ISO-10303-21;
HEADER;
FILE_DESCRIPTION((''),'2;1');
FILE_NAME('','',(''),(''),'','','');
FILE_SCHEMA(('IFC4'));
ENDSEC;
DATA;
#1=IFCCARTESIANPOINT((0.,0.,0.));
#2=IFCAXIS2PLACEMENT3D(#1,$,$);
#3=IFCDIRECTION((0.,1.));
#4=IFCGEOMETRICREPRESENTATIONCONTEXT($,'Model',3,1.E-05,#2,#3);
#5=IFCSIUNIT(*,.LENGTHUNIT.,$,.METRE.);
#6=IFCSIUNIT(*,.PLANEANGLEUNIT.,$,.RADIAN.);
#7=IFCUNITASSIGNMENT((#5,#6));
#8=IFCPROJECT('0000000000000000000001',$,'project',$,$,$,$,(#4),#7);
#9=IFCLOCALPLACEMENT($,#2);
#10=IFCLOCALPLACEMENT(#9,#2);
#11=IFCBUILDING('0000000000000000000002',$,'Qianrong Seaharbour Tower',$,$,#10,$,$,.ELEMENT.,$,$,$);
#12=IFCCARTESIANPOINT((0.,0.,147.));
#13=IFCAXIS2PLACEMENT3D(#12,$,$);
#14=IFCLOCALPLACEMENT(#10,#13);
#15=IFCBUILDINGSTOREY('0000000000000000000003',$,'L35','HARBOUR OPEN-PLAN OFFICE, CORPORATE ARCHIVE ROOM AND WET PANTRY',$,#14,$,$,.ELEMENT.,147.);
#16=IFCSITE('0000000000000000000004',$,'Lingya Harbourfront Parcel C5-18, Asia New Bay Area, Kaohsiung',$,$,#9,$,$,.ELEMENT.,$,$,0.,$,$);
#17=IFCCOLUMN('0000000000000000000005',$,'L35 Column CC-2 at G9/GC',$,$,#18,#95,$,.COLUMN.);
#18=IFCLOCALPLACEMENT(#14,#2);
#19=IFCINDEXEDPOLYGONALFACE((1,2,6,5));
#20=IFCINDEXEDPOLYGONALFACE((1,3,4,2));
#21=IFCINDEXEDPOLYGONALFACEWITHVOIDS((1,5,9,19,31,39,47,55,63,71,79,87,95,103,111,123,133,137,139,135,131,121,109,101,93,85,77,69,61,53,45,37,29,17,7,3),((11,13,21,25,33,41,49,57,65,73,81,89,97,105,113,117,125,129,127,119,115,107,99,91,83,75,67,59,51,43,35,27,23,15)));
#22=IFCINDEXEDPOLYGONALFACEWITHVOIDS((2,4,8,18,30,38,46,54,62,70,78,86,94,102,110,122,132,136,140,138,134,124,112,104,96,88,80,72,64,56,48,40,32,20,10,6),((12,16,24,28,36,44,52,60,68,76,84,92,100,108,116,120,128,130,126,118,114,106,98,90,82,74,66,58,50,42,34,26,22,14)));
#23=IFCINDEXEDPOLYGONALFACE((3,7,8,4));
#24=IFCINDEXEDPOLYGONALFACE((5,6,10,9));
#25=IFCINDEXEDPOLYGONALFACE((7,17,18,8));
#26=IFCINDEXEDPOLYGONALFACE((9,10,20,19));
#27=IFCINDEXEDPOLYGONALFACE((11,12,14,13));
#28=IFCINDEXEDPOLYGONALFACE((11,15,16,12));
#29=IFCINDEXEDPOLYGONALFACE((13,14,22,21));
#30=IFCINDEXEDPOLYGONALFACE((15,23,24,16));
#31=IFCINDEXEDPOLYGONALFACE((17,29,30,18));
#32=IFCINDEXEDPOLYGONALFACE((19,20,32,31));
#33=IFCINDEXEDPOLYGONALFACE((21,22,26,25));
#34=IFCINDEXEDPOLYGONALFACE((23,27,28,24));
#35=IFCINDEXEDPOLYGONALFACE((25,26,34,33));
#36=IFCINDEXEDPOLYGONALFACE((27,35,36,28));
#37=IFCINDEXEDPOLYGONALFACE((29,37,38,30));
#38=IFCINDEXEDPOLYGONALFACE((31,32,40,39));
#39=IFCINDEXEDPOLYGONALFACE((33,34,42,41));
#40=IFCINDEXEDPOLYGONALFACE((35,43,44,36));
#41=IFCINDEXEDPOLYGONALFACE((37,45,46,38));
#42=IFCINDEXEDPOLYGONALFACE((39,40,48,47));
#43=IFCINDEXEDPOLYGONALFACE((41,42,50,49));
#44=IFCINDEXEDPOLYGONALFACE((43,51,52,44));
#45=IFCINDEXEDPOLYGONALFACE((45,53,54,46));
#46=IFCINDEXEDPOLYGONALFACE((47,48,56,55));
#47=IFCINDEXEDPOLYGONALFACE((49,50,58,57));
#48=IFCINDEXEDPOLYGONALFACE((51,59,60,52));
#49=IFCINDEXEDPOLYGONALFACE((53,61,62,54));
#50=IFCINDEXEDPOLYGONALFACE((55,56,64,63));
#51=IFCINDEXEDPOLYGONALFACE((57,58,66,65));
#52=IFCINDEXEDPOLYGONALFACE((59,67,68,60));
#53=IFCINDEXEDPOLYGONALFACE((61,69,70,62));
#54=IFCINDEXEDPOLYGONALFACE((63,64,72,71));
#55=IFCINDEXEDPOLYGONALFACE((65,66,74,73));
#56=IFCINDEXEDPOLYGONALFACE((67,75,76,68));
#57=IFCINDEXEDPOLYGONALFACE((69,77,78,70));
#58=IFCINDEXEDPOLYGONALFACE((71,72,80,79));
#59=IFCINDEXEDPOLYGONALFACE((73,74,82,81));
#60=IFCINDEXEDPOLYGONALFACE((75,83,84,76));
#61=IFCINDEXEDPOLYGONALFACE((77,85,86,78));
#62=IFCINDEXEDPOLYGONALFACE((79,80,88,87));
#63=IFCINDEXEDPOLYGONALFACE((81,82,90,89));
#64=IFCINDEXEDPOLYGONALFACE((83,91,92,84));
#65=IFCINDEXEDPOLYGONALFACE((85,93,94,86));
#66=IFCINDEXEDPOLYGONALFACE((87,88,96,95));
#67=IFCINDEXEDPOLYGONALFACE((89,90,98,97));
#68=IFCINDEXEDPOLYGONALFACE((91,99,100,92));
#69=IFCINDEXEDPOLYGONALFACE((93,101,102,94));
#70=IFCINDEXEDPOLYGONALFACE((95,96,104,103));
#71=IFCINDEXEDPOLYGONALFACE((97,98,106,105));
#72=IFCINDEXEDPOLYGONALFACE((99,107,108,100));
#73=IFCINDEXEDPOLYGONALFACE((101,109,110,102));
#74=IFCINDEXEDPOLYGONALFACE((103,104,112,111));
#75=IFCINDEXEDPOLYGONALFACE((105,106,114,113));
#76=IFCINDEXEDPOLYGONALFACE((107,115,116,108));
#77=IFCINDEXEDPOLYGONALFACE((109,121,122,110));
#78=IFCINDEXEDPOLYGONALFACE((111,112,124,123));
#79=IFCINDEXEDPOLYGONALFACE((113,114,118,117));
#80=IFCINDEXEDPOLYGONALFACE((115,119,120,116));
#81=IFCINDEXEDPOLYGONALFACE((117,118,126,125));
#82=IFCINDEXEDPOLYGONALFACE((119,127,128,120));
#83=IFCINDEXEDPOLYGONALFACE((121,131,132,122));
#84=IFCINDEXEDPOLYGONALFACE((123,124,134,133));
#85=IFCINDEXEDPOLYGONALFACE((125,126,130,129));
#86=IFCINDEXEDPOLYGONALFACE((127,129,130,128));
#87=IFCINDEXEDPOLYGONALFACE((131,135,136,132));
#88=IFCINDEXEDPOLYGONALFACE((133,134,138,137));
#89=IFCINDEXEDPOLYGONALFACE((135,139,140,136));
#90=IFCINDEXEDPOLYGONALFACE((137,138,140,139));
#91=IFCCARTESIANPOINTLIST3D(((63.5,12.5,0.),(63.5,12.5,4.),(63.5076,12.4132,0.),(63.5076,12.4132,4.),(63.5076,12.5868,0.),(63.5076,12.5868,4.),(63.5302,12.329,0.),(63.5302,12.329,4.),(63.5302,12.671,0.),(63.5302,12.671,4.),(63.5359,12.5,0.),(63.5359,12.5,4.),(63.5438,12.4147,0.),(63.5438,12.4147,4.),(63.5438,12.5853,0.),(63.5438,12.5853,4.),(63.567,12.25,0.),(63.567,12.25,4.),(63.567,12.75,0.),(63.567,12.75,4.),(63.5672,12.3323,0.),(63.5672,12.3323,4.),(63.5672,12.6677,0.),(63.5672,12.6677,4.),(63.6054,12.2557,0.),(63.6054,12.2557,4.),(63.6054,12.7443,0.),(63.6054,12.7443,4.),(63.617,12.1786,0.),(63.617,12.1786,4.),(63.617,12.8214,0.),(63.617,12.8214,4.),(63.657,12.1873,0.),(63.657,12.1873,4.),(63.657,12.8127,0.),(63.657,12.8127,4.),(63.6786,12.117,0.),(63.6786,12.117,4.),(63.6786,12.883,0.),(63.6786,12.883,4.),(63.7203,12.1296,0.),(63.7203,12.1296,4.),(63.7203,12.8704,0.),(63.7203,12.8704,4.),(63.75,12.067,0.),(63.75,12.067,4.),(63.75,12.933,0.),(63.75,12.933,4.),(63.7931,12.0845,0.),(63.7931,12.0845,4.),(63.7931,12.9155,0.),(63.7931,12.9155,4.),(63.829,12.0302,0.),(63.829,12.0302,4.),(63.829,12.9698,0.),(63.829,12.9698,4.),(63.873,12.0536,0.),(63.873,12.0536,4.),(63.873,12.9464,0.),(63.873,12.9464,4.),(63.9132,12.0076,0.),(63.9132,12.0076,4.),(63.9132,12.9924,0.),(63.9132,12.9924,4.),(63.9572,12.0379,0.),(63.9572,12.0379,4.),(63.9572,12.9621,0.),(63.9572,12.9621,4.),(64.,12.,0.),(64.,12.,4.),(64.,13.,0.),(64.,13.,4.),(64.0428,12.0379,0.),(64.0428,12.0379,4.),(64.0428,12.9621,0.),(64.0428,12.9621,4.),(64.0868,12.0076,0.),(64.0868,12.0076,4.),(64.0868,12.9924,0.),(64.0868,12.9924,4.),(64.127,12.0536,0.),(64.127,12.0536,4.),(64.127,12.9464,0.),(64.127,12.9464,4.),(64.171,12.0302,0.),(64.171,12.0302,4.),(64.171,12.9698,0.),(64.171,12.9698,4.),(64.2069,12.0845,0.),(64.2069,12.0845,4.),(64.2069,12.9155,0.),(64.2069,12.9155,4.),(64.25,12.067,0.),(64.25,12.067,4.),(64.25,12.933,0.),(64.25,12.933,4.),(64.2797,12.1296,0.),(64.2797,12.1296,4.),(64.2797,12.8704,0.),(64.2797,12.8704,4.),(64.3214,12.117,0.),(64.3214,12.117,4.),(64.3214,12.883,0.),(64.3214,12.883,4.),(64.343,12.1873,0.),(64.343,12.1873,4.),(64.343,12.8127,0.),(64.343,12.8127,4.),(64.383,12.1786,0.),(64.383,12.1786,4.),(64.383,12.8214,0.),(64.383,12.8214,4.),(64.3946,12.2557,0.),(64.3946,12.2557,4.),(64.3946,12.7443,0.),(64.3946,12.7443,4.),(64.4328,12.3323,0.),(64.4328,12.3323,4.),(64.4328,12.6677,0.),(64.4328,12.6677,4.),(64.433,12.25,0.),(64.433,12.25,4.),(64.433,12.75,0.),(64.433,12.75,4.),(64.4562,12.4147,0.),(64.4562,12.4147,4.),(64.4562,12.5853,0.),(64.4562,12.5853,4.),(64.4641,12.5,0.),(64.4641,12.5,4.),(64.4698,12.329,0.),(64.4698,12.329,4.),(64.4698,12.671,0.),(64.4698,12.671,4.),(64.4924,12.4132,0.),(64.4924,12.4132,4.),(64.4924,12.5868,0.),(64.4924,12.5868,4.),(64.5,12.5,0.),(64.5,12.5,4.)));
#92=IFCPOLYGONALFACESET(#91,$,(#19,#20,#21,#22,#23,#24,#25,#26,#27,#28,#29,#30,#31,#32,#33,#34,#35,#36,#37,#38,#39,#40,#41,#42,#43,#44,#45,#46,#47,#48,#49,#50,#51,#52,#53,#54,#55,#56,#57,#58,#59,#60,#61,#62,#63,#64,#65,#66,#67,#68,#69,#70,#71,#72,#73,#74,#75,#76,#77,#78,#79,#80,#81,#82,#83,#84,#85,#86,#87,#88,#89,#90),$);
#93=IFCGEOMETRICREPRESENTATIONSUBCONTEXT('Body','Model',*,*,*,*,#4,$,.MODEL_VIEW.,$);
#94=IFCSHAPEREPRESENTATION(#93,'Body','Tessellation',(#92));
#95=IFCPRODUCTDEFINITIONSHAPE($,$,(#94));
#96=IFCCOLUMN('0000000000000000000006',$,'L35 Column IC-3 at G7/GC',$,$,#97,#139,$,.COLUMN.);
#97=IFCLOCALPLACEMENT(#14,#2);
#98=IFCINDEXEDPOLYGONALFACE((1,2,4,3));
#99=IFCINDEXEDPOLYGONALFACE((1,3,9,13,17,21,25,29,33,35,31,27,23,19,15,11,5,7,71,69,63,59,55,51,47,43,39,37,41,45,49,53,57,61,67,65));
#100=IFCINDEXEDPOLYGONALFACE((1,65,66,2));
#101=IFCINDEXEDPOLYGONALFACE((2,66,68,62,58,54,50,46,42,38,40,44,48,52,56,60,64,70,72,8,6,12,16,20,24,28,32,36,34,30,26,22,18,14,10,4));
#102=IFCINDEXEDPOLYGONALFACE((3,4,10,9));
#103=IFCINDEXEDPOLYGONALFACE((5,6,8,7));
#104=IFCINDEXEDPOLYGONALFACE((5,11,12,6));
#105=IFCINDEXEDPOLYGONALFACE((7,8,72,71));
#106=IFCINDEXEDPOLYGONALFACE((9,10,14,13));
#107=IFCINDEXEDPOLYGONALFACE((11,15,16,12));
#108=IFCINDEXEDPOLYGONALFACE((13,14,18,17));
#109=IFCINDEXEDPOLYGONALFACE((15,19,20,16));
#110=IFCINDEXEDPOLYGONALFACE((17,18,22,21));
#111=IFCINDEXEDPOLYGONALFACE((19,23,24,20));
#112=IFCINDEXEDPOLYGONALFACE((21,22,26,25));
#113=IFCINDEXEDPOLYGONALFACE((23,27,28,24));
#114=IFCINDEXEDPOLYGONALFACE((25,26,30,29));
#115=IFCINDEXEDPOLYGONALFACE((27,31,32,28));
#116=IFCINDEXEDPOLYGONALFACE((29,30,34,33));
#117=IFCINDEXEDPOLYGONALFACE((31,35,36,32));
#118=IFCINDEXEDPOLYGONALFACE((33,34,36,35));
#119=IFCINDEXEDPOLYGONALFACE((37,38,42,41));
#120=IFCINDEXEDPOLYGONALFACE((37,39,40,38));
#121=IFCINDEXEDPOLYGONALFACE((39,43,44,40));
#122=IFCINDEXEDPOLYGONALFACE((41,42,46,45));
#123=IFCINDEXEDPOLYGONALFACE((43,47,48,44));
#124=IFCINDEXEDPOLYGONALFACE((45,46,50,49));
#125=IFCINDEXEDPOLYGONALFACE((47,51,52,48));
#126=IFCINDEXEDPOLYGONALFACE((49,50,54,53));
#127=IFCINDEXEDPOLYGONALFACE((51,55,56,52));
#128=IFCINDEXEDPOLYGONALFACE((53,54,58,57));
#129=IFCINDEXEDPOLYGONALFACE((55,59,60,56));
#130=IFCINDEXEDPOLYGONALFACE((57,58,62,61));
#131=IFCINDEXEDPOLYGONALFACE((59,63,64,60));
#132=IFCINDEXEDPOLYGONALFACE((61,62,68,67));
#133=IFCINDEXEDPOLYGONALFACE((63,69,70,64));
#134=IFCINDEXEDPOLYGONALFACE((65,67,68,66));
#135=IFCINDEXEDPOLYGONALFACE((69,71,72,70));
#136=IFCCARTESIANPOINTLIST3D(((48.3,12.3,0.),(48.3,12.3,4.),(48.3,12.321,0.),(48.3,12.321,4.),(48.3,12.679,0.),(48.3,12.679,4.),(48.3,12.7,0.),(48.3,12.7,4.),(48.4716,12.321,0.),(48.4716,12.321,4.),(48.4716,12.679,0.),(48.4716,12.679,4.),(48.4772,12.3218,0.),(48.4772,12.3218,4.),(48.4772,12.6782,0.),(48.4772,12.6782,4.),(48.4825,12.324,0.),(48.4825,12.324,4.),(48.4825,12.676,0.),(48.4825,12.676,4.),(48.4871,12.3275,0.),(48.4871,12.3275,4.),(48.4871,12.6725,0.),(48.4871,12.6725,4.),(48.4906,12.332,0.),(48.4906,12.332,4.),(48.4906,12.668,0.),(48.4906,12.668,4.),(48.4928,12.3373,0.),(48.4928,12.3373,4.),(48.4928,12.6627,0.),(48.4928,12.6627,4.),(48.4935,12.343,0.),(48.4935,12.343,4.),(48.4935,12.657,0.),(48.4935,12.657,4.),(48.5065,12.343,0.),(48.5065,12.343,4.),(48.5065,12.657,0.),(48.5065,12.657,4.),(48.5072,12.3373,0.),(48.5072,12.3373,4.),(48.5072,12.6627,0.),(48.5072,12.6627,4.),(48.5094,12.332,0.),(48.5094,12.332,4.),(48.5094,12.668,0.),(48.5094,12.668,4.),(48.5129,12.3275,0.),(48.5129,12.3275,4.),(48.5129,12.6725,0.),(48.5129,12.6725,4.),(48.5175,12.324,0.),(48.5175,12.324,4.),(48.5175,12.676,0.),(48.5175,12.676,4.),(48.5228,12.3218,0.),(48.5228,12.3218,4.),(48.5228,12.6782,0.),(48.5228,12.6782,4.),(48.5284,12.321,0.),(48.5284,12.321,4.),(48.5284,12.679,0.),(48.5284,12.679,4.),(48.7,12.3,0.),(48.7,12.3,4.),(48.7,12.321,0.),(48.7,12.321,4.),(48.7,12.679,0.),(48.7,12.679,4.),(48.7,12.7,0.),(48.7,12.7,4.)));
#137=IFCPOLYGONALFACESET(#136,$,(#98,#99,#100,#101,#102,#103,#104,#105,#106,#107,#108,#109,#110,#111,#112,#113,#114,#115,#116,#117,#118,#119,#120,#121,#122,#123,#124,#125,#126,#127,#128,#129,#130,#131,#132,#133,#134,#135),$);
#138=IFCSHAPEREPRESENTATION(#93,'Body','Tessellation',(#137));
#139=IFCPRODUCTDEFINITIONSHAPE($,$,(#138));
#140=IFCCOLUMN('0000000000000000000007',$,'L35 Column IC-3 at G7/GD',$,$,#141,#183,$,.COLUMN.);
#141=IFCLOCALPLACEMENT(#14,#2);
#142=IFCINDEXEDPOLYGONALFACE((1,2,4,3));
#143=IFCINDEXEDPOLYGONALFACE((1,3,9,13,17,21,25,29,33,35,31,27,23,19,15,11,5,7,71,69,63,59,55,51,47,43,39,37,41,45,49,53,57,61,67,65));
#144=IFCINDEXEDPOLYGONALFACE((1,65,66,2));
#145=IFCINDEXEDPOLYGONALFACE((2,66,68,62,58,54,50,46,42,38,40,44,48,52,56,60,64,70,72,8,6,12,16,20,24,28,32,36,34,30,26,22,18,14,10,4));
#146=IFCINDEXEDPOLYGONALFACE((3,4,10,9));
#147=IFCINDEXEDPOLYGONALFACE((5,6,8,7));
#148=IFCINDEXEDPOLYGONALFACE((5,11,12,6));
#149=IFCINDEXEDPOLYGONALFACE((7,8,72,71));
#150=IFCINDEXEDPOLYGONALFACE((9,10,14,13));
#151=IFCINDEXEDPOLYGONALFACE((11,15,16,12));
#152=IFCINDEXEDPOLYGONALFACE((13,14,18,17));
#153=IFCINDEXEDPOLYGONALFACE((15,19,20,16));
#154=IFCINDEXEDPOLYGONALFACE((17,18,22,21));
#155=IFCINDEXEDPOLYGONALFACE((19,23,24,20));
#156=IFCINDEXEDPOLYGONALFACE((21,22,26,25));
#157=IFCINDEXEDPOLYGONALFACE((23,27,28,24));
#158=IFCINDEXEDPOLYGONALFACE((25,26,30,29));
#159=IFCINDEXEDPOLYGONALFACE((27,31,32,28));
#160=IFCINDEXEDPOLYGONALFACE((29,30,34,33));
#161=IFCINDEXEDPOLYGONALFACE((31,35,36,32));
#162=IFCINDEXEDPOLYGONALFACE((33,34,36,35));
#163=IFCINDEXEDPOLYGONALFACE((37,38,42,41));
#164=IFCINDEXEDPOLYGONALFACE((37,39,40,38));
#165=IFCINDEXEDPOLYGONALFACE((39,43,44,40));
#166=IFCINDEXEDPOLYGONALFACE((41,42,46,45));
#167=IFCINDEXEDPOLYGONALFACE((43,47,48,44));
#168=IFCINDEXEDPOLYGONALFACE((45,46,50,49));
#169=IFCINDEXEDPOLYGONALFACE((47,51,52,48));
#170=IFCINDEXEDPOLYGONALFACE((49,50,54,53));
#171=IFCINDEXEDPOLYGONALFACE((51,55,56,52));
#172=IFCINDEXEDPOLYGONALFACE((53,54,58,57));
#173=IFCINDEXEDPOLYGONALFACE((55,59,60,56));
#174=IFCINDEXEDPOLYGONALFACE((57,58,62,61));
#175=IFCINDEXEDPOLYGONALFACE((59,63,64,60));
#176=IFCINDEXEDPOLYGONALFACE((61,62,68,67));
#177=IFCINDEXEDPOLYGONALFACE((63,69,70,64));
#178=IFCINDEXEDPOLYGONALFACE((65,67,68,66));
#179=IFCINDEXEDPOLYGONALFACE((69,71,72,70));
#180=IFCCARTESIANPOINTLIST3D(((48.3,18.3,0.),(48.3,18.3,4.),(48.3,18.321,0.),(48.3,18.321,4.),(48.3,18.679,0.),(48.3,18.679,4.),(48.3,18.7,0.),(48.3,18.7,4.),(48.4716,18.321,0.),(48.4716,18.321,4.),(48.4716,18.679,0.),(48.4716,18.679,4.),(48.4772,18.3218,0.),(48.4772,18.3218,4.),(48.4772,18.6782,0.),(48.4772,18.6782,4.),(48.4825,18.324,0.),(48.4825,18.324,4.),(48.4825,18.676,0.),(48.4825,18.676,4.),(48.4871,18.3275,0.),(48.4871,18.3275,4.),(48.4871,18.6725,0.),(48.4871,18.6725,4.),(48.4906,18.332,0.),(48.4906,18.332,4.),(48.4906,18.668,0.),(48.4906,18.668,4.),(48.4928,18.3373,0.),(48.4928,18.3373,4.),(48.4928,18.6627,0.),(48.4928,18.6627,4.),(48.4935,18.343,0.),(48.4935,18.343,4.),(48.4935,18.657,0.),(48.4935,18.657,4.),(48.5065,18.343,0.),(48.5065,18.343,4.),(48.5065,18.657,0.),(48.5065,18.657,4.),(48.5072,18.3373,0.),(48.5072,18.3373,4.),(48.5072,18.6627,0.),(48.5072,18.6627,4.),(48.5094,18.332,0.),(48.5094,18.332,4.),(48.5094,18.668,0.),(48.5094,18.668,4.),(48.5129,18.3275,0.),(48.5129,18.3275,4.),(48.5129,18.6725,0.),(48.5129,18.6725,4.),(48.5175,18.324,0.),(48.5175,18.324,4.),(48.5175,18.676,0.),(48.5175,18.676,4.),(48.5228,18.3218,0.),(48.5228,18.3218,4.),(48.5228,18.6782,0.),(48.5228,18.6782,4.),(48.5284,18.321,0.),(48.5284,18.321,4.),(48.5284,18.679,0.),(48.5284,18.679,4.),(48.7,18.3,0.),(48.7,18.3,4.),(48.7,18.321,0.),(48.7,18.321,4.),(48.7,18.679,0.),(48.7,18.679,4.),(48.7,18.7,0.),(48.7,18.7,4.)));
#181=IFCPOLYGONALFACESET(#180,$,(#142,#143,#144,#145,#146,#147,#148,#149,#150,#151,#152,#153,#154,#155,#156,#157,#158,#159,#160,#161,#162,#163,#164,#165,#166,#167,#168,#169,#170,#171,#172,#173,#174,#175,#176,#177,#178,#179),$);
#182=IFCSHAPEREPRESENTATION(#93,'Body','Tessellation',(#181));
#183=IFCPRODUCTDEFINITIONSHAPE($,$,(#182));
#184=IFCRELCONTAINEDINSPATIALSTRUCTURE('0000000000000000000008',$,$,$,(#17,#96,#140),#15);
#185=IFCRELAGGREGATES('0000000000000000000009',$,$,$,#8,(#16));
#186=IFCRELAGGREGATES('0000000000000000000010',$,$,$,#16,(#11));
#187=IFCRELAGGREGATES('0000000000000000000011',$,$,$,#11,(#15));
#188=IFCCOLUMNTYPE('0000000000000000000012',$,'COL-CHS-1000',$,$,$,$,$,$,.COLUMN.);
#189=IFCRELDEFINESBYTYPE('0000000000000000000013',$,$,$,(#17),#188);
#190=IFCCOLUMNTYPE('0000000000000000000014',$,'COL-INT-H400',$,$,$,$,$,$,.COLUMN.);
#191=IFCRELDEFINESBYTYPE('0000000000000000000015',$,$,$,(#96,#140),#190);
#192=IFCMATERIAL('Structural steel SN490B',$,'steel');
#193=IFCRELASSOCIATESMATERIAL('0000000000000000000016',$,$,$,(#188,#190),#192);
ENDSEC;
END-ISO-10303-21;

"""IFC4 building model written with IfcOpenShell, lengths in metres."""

from ifc_helpers import new_model, si_unit, direction, frame, origin, origin_2d, place, context, subcontext, project, spatial, hollow_circle, i_section, extrude, material, material_profile, profile_set, type_object, element, save


model = new_model("IFC4")

# Units and contexts
model_context = context("Model", 3, precision=1e-05, world=origin(), true_north=direction((0.0, 1.0)))
body_context = subcontext(model_context, "Body", "Model", "MODEL_VIEW")
ifc_project = project(units=[si_unit("LENGTHUNIT", "METRE"), si_unit("PLANEANGLEUNIT", "RADIAN")], contexts=[model_context])

# Site, building, storey
site_placement = place(None, origin())
site = spatial("IfcSite", under=ifc_project, at=site_placement, Name="Lingya Harbourfront Parcel C5-18, Asia New Bay Area, Kaohsiung", CompositionType="ELEMENT", RefElevation=0.0)
building_placement = place(site_placement, origin())
building = spatial("IfcBuilding", under=site, at=building_placement, Name="Qianrong Seaharbour Tower", CompositionType="ELEMENT")
storey_placement = place(building_placement, frame((0.0, 0.0, 147.0)))
storey = spatial("IfcBuildingStorey", under=building, at=storey_placement, Name="L35", Description="HARBOUR OPEN-PLAN OFFICE, CORPORATE ARCHIVE ROOM AND WET PANTRY", CompositionType="ELEMENT", Elevation=147.0)

# Columns
ifc_material_1 = material(Name="Structural steel SN490B", Category="steel")
ifc_material_profile_1 = material_profile(ifc_material_1, hollow_circle(Radius=0.5, WallThickness=0.0359, at=origin_2d()), Name="CHS1000x36")
ifc_profile_set_1 = profile_set([ifc_material_profile_1], Name="Structural steel SN490B")
column_type_1 = type_object("IfcColumnType", Name="COL-CHS-1000", PredefinedType="COLUMN", material=ifc_profile_set_1)
column_placement = place(storey_placement, frame((64.0, 12.5, 0.0), z_axis=(0.0, 0.0, 1.0), x_axis=(1.0, 0.0, 0.0)))
element("IfcColumn", 1, at=column_placement, inside=storey, type_object=column_type_1, Name="L35 Column CC-2 at G9/GC", PredefinedType="COLUMN", context=body_context, shape_type="SweptSolid", body=[
    extrude(hollow_circle(Radius=0.5, WallThickness=0.0359, at=origin_2d()), origin(), (0.0, 0.0, 1.0), 4.0),
])
ifc_material_profile_2 = material_profile(ifc_material_1, i_section(OverallWidth=0.3999, OverallDepth=0.3999, WebThickness=0.0129, FlangeThickness=0.021, FilletRadius=0.022, at=origin_2d()), Name="H400x400x13x21")
ifc_profile_set_2 = profile_set([ifc_material_profile_2], Name="Structural steel SN490B")
column_type_2 = type_object("IfcColumnType", Name="COL-INT-H400", PredefinedType="COLUMN", material=ifc_profile_set_2)
for number, where, z_axis, x_axis, name in (
    (2, (48.5, 12.5, 0.0), (0.0, 0.0, 1.0), (1.0, 0.0, 0.0), "L35 Column IC-3 at G7/GC"),
    (3, (48.5, 18.5, 0.0), (0.0, 0.0, 1.0), (1.0, 0.0, 0.0), "L35 Column IC-3 at G7/GD"),
):
    element("IfcColumn", number, at=place(storey_placement, frame(where, z_axis=z_axis, x_axis=x_axis)), inside=storey, type_object=column_type_2, Name=name, PredefinedType="COLUMN", context=body_context, shape_type="SweptSolid", body=[
        extrude(i_section(OverallWidth=0.3999, OverallDepth=0.3999, WebThickness=0.0129, FlangeThickness=0.021, FilletRadius=0.022, at=origin_2d()), origin(), (0.0, 0.0, 1.0), 4.0),
    ])

save(model, "model.ifc")
